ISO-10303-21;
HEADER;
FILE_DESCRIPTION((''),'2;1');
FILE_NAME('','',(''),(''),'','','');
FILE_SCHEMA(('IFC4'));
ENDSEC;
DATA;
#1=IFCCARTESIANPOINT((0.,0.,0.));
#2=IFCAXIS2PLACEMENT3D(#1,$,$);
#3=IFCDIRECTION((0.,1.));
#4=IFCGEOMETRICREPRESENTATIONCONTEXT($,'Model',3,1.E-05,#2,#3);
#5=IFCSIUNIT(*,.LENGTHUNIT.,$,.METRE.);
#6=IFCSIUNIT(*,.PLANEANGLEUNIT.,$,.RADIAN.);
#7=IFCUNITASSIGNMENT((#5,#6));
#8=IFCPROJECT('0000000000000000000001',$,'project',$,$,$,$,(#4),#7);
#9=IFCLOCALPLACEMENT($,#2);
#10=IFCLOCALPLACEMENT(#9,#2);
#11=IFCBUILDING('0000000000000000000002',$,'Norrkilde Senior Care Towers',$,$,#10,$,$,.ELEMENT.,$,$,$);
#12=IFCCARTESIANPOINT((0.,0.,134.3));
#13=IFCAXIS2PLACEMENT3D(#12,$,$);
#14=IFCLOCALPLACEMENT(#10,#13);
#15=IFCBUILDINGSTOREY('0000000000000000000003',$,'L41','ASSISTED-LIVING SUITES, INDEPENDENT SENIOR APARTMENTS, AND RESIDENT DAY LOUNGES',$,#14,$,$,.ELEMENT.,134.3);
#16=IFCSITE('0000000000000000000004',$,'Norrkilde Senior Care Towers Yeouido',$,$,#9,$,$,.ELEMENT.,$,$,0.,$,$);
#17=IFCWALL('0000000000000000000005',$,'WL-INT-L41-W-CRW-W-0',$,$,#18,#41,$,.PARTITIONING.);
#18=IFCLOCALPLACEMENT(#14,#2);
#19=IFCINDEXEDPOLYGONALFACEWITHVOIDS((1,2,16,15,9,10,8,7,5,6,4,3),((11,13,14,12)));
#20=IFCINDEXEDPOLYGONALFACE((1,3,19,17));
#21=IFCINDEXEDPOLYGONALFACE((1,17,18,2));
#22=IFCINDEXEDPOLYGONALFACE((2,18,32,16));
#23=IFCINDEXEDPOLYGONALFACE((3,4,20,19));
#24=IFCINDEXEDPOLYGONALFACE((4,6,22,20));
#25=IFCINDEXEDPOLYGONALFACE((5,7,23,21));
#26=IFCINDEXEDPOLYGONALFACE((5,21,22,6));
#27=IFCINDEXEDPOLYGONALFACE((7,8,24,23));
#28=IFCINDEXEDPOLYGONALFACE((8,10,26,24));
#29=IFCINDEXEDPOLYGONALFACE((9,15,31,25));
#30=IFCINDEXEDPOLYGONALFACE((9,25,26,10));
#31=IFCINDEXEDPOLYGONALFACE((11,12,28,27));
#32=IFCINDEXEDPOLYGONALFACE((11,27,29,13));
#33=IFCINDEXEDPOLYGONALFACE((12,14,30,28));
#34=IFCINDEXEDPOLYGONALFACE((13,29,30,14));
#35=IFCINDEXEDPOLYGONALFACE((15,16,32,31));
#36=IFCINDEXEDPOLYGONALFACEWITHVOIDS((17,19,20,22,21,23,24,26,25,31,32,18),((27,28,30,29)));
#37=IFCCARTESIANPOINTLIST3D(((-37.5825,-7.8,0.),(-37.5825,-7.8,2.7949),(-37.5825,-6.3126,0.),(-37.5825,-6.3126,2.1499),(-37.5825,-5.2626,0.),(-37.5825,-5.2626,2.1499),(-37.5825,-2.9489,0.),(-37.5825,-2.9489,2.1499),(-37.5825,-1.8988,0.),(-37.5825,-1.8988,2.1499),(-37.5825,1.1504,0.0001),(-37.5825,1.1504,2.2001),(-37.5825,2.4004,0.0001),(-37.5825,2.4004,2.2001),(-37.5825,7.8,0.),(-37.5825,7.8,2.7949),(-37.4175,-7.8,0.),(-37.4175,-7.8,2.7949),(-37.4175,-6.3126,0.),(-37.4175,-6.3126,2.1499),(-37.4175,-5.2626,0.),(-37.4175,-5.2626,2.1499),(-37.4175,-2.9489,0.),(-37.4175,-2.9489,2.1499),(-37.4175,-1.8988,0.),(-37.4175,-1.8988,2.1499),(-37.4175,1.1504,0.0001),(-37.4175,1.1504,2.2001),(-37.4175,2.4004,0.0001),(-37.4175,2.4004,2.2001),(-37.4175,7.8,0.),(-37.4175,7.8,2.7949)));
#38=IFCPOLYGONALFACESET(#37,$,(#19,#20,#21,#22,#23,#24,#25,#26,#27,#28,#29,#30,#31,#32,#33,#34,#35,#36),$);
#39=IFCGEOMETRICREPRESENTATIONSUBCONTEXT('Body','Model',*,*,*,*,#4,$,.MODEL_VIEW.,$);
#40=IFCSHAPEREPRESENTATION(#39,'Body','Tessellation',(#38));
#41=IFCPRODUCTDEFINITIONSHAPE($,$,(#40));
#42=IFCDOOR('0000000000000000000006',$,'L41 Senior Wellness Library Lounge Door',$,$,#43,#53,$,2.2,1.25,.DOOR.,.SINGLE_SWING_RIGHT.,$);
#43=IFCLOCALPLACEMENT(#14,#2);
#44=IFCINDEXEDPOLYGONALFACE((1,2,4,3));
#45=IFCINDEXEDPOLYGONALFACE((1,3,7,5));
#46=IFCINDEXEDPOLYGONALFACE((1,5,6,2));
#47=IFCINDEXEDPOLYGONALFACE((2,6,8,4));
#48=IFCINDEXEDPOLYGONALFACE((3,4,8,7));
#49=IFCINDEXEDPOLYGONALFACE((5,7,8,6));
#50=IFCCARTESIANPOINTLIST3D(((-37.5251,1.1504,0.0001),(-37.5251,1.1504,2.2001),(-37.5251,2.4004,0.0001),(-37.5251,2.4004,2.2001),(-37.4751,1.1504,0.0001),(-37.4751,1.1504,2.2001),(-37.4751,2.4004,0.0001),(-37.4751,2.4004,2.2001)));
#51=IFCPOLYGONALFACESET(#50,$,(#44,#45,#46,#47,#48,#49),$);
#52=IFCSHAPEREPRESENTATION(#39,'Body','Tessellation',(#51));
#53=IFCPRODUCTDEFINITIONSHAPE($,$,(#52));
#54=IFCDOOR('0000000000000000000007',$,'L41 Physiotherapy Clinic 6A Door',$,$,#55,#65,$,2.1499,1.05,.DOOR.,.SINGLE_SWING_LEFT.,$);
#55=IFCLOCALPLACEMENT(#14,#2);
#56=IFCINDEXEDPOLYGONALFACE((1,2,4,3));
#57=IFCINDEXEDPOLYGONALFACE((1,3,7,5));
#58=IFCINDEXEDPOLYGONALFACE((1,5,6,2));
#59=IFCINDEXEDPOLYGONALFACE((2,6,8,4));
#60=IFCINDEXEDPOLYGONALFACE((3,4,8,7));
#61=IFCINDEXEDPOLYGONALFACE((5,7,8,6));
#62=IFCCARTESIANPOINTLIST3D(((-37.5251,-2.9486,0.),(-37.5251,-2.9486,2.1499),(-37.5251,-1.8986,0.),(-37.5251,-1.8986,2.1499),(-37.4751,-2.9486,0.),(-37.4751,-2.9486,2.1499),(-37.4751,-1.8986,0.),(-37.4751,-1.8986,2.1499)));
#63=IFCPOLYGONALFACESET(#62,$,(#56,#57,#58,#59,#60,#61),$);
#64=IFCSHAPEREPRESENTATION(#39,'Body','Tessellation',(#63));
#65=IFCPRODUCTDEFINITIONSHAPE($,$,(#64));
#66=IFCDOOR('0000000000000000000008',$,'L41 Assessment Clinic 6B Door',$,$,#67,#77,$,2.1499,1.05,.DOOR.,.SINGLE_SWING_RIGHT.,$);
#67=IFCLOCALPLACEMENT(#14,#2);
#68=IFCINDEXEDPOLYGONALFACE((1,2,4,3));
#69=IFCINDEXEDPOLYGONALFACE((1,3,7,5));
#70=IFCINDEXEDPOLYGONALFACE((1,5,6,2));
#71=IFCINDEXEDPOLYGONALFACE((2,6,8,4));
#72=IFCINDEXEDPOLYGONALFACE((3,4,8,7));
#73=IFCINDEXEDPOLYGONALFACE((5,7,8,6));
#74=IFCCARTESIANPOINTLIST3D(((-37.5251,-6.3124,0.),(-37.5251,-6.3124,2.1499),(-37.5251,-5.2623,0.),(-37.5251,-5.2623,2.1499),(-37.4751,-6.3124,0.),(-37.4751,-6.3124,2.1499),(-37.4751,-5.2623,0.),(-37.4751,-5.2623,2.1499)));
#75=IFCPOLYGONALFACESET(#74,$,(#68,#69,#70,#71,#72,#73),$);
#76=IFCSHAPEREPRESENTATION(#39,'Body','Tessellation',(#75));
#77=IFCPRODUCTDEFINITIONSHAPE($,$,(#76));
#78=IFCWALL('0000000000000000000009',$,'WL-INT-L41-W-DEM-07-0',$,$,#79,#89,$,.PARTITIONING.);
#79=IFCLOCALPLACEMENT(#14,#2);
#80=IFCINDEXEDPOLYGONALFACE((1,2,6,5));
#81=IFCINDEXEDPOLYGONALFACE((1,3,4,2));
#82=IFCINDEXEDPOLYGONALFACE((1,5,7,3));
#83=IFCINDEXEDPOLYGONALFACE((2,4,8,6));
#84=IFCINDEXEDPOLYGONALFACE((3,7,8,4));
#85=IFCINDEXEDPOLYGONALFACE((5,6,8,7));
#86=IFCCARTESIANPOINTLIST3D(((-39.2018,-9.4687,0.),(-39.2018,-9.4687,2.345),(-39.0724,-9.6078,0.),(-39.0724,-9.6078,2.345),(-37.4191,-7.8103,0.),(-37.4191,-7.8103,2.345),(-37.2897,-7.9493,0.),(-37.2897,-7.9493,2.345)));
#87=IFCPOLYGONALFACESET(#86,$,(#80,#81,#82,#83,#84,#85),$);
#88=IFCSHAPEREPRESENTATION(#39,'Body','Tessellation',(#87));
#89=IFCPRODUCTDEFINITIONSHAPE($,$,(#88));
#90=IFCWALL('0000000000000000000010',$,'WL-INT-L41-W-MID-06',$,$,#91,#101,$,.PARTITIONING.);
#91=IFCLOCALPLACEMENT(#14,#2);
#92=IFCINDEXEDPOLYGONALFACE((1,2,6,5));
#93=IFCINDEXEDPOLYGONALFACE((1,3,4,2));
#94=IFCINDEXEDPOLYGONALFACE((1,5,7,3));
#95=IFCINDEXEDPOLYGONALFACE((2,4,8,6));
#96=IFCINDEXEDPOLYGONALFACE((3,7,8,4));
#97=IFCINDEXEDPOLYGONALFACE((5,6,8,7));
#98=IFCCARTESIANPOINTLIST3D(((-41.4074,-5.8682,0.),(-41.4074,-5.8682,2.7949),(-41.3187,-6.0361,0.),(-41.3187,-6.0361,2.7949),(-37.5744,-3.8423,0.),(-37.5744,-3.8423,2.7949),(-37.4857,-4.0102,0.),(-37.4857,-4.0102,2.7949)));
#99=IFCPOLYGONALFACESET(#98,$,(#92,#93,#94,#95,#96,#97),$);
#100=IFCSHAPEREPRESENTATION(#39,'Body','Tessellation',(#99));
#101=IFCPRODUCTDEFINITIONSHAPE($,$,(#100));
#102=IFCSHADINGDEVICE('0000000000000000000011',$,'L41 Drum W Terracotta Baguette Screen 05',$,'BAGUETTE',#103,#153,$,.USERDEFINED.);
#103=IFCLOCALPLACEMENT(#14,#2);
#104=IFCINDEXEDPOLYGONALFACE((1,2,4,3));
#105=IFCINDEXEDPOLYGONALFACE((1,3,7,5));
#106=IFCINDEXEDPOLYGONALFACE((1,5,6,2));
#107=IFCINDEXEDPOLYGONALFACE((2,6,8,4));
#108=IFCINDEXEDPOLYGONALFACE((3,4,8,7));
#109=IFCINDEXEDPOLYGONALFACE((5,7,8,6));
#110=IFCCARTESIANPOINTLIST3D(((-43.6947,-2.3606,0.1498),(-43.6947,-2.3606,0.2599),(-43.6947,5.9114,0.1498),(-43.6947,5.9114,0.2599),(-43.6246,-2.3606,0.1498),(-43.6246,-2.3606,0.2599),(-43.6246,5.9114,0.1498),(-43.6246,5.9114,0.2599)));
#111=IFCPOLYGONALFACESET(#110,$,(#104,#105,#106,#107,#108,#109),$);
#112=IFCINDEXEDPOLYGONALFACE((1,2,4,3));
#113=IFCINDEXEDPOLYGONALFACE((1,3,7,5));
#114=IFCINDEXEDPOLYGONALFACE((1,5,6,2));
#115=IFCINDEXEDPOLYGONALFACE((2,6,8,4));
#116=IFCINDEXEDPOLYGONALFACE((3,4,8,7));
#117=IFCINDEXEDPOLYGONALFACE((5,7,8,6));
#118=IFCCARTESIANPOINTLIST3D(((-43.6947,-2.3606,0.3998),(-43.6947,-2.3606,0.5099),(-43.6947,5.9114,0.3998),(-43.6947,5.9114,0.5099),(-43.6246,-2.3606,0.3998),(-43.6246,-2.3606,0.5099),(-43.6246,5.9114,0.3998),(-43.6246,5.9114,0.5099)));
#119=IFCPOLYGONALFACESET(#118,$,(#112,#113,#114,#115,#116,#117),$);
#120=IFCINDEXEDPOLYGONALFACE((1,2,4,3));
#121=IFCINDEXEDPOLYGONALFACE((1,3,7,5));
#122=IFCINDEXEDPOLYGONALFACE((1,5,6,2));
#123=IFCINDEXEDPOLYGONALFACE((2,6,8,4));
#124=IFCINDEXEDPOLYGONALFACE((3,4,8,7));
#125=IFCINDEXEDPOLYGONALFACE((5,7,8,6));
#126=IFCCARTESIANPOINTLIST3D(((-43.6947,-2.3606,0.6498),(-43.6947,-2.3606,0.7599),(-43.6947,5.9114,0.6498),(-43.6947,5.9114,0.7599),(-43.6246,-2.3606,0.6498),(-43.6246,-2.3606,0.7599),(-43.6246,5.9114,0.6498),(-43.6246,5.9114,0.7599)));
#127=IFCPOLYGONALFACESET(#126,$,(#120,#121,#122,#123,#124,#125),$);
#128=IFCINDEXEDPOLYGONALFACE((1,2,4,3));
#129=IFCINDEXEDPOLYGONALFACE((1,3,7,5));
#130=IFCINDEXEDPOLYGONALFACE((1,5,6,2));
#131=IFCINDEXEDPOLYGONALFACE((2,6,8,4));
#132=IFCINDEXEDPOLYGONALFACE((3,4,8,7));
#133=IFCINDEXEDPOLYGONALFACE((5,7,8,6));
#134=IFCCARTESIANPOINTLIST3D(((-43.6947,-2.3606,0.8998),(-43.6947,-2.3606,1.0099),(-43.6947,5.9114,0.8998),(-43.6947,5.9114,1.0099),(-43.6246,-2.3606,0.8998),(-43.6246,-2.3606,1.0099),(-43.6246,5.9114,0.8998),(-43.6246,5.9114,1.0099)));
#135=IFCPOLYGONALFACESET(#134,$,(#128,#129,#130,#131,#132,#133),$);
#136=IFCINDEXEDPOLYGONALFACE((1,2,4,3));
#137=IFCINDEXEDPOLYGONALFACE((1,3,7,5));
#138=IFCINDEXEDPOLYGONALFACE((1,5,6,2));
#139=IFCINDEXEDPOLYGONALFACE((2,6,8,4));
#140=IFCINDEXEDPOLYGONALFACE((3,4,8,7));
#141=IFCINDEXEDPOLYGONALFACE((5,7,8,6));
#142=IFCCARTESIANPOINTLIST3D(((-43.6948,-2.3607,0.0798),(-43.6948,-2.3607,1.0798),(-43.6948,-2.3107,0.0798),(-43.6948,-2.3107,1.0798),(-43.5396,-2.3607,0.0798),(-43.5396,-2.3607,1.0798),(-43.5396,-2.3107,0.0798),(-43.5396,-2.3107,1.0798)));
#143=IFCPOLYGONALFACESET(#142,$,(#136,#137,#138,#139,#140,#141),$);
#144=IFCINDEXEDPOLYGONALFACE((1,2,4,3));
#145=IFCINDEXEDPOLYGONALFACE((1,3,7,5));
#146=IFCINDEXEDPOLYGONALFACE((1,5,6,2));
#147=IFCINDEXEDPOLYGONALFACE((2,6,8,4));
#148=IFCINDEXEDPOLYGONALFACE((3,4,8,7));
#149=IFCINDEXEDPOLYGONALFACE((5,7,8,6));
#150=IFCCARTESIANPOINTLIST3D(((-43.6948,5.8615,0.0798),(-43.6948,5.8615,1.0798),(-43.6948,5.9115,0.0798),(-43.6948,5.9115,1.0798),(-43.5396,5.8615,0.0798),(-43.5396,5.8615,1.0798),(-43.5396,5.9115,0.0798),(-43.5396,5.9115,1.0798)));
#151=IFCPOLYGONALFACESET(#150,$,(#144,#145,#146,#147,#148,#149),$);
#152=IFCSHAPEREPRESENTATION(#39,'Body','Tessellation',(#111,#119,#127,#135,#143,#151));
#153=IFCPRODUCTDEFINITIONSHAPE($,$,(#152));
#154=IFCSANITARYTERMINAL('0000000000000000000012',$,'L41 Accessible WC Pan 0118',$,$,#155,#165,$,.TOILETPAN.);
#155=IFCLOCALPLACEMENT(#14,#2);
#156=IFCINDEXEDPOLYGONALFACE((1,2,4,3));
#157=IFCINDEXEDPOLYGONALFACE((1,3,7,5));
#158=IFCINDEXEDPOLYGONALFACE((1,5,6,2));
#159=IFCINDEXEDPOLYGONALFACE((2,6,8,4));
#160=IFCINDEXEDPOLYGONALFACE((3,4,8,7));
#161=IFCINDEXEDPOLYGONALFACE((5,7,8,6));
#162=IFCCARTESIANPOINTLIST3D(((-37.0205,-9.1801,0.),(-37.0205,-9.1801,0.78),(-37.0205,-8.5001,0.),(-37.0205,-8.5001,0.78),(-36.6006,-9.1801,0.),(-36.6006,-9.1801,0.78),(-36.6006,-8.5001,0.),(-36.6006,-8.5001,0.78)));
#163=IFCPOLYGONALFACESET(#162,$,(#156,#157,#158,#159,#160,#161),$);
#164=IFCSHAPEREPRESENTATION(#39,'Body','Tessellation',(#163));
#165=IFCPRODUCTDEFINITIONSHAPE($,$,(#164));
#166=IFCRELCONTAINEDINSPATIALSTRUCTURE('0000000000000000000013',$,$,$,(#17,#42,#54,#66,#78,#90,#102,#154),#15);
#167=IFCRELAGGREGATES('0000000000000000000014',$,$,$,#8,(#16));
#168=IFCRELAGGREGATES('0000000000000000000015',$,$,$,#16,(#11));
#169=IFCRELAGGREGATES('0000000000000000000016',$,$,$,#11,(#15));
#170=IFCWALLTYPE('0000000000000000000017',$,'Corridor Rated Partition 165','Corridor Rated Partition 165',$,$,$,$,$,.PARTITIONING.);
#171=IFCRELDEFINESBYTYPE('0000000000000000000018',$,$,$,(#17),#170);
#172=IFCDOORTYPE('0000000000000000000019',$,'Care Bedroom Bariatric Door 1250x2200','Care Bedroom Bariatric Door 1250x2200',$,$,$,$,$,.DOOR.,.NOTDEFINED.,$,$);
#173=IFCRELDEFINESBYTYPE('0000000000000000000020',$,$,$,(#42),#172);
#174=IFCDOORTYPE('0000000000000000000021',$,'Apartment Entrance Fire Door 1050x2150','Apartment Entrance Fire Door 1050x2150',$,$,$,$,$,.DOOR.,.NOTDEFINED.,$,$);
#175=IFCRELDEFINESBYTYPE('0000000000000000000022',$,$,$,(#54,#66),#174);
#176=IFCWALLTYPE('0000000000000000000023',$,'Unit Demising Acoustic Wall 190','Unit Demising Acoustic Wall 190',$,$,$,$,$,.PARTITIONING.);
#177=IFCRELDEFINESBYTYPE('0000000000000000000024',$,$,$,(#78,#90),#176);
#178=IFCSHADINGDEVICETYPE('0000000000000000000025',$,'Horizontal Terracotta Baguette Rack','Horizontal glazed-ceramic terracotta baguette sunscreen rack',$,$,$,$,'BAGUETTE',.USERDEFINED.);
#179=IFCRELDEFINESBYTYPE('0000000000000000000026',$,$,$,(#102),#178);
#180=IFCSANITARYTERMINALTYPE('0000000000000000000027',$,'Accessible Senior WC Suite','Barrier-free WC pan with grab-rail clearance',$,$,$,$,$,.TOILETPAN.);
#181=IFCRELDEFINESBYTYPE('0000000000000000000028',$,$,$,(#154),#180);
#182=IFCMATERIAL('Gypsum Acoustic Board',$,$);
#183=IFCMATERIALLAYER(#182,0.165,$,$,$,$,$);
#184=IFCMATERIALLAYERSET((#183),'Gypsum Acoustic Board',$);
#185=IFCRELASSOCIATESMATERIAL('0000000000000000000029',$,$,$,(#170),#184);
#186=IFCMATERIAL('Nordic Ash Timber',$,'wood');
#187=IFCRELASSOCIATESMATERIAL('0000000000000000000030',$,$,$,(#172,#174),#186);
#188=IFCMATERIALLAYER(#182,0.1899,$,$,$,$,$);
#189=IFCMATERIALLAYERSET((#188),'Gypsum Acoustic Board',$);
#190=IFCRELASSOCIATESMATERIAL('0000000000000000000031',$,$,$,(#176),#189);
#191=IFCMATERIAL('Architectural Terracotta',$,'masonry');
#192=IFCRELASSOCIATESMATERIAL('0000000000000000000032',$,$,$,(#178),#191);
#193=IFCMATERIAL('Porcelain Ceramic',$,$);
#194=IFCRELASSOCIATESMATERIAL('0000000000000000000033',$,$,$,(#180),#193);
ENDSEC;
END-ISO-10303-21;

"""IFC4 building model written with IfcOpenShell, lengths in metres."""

from ifc_helpers import new_model, si_unit, direction, frame, frame_2d, origin, origin_2d, place, context, subcontext, project, spatial, rectangle, extrude, source, transform, mapped, material, layer, layer_set, type_object, type_shapes, element, fill, save


model = new_model("IFC4")

# Units and contexts
model_context = context("Model", 3, precision=1e-05, world=origin(), true_north=direction((0.0, 1.0)))
body_context = subcontext(model_context, "Body", "Model", "MODEL_VIEW")
ifc_project = project(units=[si_unit("LENGTHUNIT", "METRE"), si_unit("PLANEANGLEUNIT", "RADIAN")], contexts=[model_context])

# Site, building, storey
site_placement = place(None, origin())
site = spatial("IfcSite", under=ifc_project, at=site_placement, Name="Norrkilde Senior Care Towers Yeouido", CompositionType="ELEMENT", RefElevation=0.0)
building_placement = place(site_placement, origin())
building = spatial("IfcBuilding", under=site, at=building_placement, Name="Norrkilde Senior Care Towers", CompositionType="ELEMENT")
storey_placement = place(building_placement, frame((0.0, 0.0, 134.3)))
storey = spatial("IfcBuildingStorey", under=building, at=storey_placement, Name="L41", Description="ASSISTED-LIVING SUITES, INDEPENDENT SENIOR APARTMENTS, AND RESIDENT DAY LOUNGES", CompositionType="ELEMENT", Elevation=134.3)

# Wall, openings, doors
ifc_material_1 = material(Name="Gypsum Acoustic Board")
ifc_layer_1 = layer(ifc_material_1, 0.165)
ifc_layer_set_1 = layer_set([ifc_layer_1], Name="Gypsum Acoustic Board")
wall_type_1 = type_object("IfcWallType", Name="Corridor Rated Partition 165", Description="Corridor Rated Partition 165", PredefinedType="PARTITIONING", material=ifc_layer_set_1)
shared_shape_1 = source(origin(), body_context, "Body", "SweptSolid", [
    extrude(rectangle(XDim=15.6001, YDim=0.165, at=frame_2d((7.8, 0.0))), origin(), (0.0, 0.0, 1.0), 2.7949),
])
type_shapes(wall_type_1, [shared_shape_1])
wall_1_placement = place(storey_placement, frame((-37.5, -7.8, 0.0), z_axis=(0.0, 0.0, 1.0), x_axis=(0.0, 1.0, 0.0)))
wall_1 = element("IfcWall", 1, at=wall_1_placement, inside=storey, type_object=wall_type_1, Name="WL-INT-L41-W-CRW-W-0", PredefinedType="PARTITIONING", context=body_context, shape_type="MappedRepresentation", body=[
    mapped(shared_shape_1, transform((0.0, 0.0, 0.0), x_axis=(1.0, 0.0, 0.0), y_axis=(0.0, 1.0, 0.0), z_axis=(0.0, 0.0, 1.0), scale=1.0)),
])
opening_1_placement = place(wall_1_placement, frame((8.9504, 0.0, 0.0)))
opening_1 = element("IfcOpeningElement", 2, at=opening_1_placement, cuts=wall_1, PredefinedType="OPENING", context=body_context, shape_type="SweptSolid", body=[
    extrude(rectangle(XDim=1.25, YDim=2.2, at=frame_2d((0.625, 1.1001))), frame((0.0, 0.0925, 0.0), z_axis=(0.0, -1.0, 0.0), x_axis=(1.0, 0.0, 0.0)), (0.0, 0.0, 1.0), 0.1851),
])
opening_2_placement = place(wall_1_placement, frame((4.8513, 0.0, 0.0)))
opening_2 = element("IfcOpeningElement", 3, at=opening_2_placement, cuts=wall_1, PredefinedType="OPENING", context=body_context, shape_type="SweptSolid", body=[
    extrude(rectangle(XDim=1.05, YDim=2.1499, at=frame_2d((0.5249, 1.075))), frame((0.0, 0.0925, 0.0), z_axis=(0.0, -1.0, 0.0), x_axis=(1.0, 0.0, 0.0)), (0.0, 0.0, 1.0), 0.1851),
])
opening_3_placement = place(wall_1_placement, frame((1.4875, 0.0, 0.0)))
opening_3 = element("IfcOpeningElement", 4, at=opening_3_placement, cuts=wall_1, PredefinedType="OPENING", context=body_context, shape_type="SweptSolid", body=[
    extrude(rectangle(XDim=1.05, YDim=2.1499, at=frame_2d((0.5249, 1.075))), frame((0.0, 0.0925, 0.0), z_axis=(0.0, -1.0, 0.0), x_axis=(1.0, 0.0, 0.0)), (0.0, 0.0, 1.0), 0.1851),
])
ifc_material_2 = material(Name="Nordic Ash Timber", Category="wood")
door_type_1 = type_object("IfcDoorType", Name="Care Bedroom Bariatric Door 1250x2200", Description="Care Bedroom Bariatric Door 1250x2200", OperationType="NOTDEFINED", PredefinedType="DOOR", material=ifc_material_2)
shared_shape_2 = source(origin(), body_context, "Body", "SweptSolid", [
    extrude(rectangle(XDim=1.25, YDim=2.2, at=frame_2d((0.625, 1.1001))), frame((0.0, 0.0249, 0.0), z_axis=(0.0, -1.0, 0.0), x_axis=(1.0, 0.0, 0.0)), (0.0, 0.0, 1.0), 0.05),
])
type_shapes(door_type_1, [shared_shape_2])
door_1_placement = place(opening_1_placement, frame((1.25, 0.0, 0.0), z_axis=(0.0, 0.0, 1.0), x_axis=(-1.0, 0.0, 0.0)))
door_1 = element("IfcDoor", 5, at=door_1_placement, inside=storey, type_object=door_type_1, Name="L41 Senior Wellness Library Lounge Door", OperationType="SINGLE_SWING_RIGHT", OverallHeight=2.2, OverallWidth=1.25, PredefinedType="DOOR", context=body_context, shape_type="MappedRepresentation", body=[
    mapped(shared_shape_2, transform((0.0, 0.0, 0.0), x_axis=(1.0, 0.0, 0.0), y_axis=(0.0, 1.0, 0.0), z_axis=(0.0, 0.0, 1.0), scale=1.0)),
])
fill(opening_1, door_1)
door_type_2 = type_object("IfcDoorType", Name="Apartment Entrance Fire Door 1050x2150", Description="Apartment Entrance Fire Door 1050x2150", OperationType="NOTDEFINED", PredefinedType="DOOR", material=ifc_material_2)
shared_shape_3 = source(origin(), body_context, "Body", "SweptSolid", [
    extrude(rectangle(XDim=1.05, YDim=2.1499, at=frame_2d((0.5249, 1.075))), frame((0.0, 0.0249, 0.0), z_axis=(0.0, -1.0, 0.0), x_axis=(1.0, 0.0, 0.0)), (0.0, 0.0, 1.0), 0.05),
])
type_shapes(door_type_2, [shared_shape_3])
door_2_placement = place(opening_2_placement, frame((1.05, 0.0, 0.0), z_axis=(0.0, 0.0, 1.0), x_axis=(-1.0, 0.0, 0.0)))
door_2 = element("IfcDoor", 6, at=door_2_placement, inside=storey, type_object=door_type_2, Name="L41 Physiotherapy Clinic 6A Door", OperationType="SINGLE_SWING_LEFT", OverallHeight=2.1499, OverallWidth=1.05, PredefinedType="DOOR", context=body_context, shape_type="MappedRepresentation", body=[
    mapped(shared_shape_3, transform((0.0, 0.0, 0.0), x_axis=(1.0, 0.0, 0.0), y_axis=(0.0, 1.0, 0.0), z_axis=(0.0, 0.0, 1.0), scale=1.0)),
])
fill(opening_2, door_2)
door_3_placement = place(opening_3_placement, frame((1.05, 0.0, 0.0), z_axis=(0.0, 0.0, 1.0), x_axis=(-1.0, 0.0, 0.0)))
door_3 = element("IfcDoor", 7, at=door_3_placement, inside=storey, type_object=door_type_2, Name="L41 Assessment Clinic 6B Door", OperationType="SINGLE_SWING_RIGHT", OverallHeight=2.1499, OverallWidth=1.05, PredefinedType="DOOR", context=body_context, shape_type="MappedRepresentation", body=[
    mapped(shared_shape_3, transform((0.0, 0.0, 0.0), x_axis=(1.0, 0.0, 0.0), y_axis=(0.0, 1.0, 0.0), z_axis=(0.0, 0.0, 1.0), scale=1.0)),
])
fill(opening_3, door_3)

# Walls
ifc_layer_2 = layer(ifc_material_1, 0.1899)
ifc_layer_set_2 = layer_set([ifc_layer_2], Name="Gypsum Acoustic Board")
wall_type_2 = type_object("IfcWallType", Name="Unit Demising Acoustic Wall 190", Description="Unit Demising Acoustic Wall 190", PredefinedType="PARTITIONING", material=ifc_layer_set_2)
shared_shape_4 = source(origin(), body_context, "Body", "SweptSolid", [
    extrude(rectangle(XDim=2.4348, YDim=0.1899, at=frame_2d((1.2173, 0.0))), origin(), (0.0, 0.0, 1.0), 2.345),
])
wall_2_placement = place(storey_placement, frame((-37.3545, -7.8799, 0.0), z_axis=(0.0, 0.0, 1.0), x_axis=(-0.732165, -0.681128, 0.0)))
element("IfcWall", 8, at=wall_2_placement, inside=storey, type_object=wall_type_2, Name="WL-INT-L41-W-DEM-07-0", PredefinedType="PARTITIONING", context=body_context, shape_type="MappedRepresentation", body=[
    mapped(shared_shape_4, transform((0.0, 0.0, 0.0), x_axis=(1.0, 0.0, 0.0), y_axis=(0.0, 1.0, 0.0), z_axis=(0.0, 0.0, 1.0), scale=1.0)),
])
shared_shape_5 = source(origin(), body_context, "Body", "SweptSolid", [
    extrude(rectangle(XDim=4.3354, YDim=0.1899, at=frame_2d((2.1677, 0.0))), origin(), (0.0, 0.0, 1.0), 2.7949),
])
type_shapes(wall_type_2, [shared_shape_4, shared_shape_5])
wall_3_placement = place(storey_placement, frame((-37.53, -3.9263, 0.0), z_axis=(0.0, 0.0, 1.0), x_axis=(-0.884108, -0.467282, 0.0)))
element("IfcWall", 9, at=wall_3_placement, inside=storey, type_object=wall_type_2, Name="WL-INT-L41-W-MID-06", PredefinedType="PARTITIONING", context=body_context, shape_type="MappedRepresentation", body=[
    mapped(shared_shape_5, transform((0.0, 0.0, 0.0), x_axis=(1.0, 0.0, 0.0), y_axis=(0.0, 1.0, 0.0), z_axis=(0.0, 0.0, 1.0), scale=1.0)),
])

# Shading device
ifc_material_3 = material(Name="Architectural Terracotta", Category="masonry")
shading_device_type = type_object("IfcShadingDeviceType", Name="Horizontal Terracotta Baguette Rack", Description="Horizontal glazed-ceramic terracotta baguette sunscreen rack", ElementType="BAGUETTE", PredefinedType="USERDEFINED", material=ifc_material_3)
shared_shape_6 = source(origin(), body_context, "Body", "SweptSolid", [
    extrude(rectangle(XDim=0.0701, YDim=0.1101, at=origin_2d()), frame((0.0, 0.0901, 0.125), z_axis=(1.0, 0.0, 0.0), x_axis=(0.0, 1.0, 0.0)), (0.0, 0.0, 1.0), 8.272),
    extrude(rectangle(XDim=0.0701, YDim=0.1101, at=origin_2d()), frame((0.0, 0.0901, 0.375), z_axis=(1.0, 0.0, 0.0), x_axis=(0.0, 1.0, 0.0)), (0.0, 0.0, 1.0), 8.272),
    extrude(rectangle(XDim=0.0701, YDim=0.1101, at=origin_2d()), frame((0.0, 0.0901, 0.625), z_axis=(1.0, 0.0, 0.0), x_axis=(0.0, 1.0, 0.0)), (0.0, 0.0, 1.0), 8.272),
    extrude(rectangle(XDim=0.0701, YDim=0.1101, at=origin_2d()), frame((0.0, 0.0901, 0.875), z_axis=(1.0, 0.0, 0.0), x_axis=(0.0, 1.0, 0.0)), (0.0, 0.0, 1.0), 8.272),
    extrude(rectangle(XDim=0.05, YDim=0.1553, at=origin_2d()), frame((0.0249, 0.0476, 0.0)), (0.0, 0.0, 1.0), 1.0),
    extrude(rectangle(XDim=0.05, YDim=0.1553, at=origin_2d()), frame((8.2471, 0.0476, 0.0)), (0.0, 0.0, 1.0), 1.0),
])
type_shapes(shading_device_type, [shared_shape_6])
shading_device_placement = place(storey_placement, frame((-43.5696, -2.3606, 0.0798), z_axis=(0.0, 0.0, 1.0), x_axis=(0.0, 1.0, 0.0)))
element("IfcShadingDevice", 10, at=shading_device_placement, inside=storey, type_object=shading_device_type, Name="L41 Drum W Terracotta Baguette Screen 05", ObjectType="BAGUETTE", PredefinedType="USERDEFINED", context=body_context, shape_type="MappedRepresentation", body=[
    mapped(shared_shape_6, transform((0.0, 0.0, 0.0), x_axis=(1.0, 0.0, 0.0), y_axis=(0.0, 1.0, 0.0), z_axis=(0.0, 0.0, 1.0), scale=1.0)),
])

# Sanitary terminal
ifc_material_4 = material(Name="Porcelain Ceramic")
sanitary_terminal_type_1 = type_object("IfcSanitaryTerminalType", Name="Accessible Senior WC Suite", Description="Barrier-free WC pan with grab-rail clearance", PredefinedType="TOILETPAN", material=ifc_material_4)
shared_shape_7 = source(origin(), body_context, "Body", "SweptSolid", [
    extrude(rectangle(XDim=0.4199, YDim=0.6799, at=origin_2d()), origin(), (0.0, 0.0, 1.0), 0.78),
])
type_shapes(sanitary_terminal_type_1, [shared_shape_7])
sanitary_terminal_1_placement = place(storey_placement, frame((-36.8105, -8.8401, 0.0), z_axis=(0.0, 0.0, 1.0), x_axis=(1.0, 0.0, 0.0)))
element("IfcSanitaryTerminal", 11, at=sanitary_terminal_1_placement, inside=storey, type_object=sanitary_terminal_type_1, Name="L41 Accessible WC Pan 0118", PredefinedType="TOILETPAN", context=body_context, shape_type="MappedRepresentation", body=[
    mapped(shared_shape_7, transform((0.0, 0.0, 0.0), x_axis=(1.0, 0.0, 0.0), y_axis=(0.0, 1.0, 0.0), z_axis=(0.0, 0.0, 1.0), scale=1.0)),
])

save(model, "model.ifc")
